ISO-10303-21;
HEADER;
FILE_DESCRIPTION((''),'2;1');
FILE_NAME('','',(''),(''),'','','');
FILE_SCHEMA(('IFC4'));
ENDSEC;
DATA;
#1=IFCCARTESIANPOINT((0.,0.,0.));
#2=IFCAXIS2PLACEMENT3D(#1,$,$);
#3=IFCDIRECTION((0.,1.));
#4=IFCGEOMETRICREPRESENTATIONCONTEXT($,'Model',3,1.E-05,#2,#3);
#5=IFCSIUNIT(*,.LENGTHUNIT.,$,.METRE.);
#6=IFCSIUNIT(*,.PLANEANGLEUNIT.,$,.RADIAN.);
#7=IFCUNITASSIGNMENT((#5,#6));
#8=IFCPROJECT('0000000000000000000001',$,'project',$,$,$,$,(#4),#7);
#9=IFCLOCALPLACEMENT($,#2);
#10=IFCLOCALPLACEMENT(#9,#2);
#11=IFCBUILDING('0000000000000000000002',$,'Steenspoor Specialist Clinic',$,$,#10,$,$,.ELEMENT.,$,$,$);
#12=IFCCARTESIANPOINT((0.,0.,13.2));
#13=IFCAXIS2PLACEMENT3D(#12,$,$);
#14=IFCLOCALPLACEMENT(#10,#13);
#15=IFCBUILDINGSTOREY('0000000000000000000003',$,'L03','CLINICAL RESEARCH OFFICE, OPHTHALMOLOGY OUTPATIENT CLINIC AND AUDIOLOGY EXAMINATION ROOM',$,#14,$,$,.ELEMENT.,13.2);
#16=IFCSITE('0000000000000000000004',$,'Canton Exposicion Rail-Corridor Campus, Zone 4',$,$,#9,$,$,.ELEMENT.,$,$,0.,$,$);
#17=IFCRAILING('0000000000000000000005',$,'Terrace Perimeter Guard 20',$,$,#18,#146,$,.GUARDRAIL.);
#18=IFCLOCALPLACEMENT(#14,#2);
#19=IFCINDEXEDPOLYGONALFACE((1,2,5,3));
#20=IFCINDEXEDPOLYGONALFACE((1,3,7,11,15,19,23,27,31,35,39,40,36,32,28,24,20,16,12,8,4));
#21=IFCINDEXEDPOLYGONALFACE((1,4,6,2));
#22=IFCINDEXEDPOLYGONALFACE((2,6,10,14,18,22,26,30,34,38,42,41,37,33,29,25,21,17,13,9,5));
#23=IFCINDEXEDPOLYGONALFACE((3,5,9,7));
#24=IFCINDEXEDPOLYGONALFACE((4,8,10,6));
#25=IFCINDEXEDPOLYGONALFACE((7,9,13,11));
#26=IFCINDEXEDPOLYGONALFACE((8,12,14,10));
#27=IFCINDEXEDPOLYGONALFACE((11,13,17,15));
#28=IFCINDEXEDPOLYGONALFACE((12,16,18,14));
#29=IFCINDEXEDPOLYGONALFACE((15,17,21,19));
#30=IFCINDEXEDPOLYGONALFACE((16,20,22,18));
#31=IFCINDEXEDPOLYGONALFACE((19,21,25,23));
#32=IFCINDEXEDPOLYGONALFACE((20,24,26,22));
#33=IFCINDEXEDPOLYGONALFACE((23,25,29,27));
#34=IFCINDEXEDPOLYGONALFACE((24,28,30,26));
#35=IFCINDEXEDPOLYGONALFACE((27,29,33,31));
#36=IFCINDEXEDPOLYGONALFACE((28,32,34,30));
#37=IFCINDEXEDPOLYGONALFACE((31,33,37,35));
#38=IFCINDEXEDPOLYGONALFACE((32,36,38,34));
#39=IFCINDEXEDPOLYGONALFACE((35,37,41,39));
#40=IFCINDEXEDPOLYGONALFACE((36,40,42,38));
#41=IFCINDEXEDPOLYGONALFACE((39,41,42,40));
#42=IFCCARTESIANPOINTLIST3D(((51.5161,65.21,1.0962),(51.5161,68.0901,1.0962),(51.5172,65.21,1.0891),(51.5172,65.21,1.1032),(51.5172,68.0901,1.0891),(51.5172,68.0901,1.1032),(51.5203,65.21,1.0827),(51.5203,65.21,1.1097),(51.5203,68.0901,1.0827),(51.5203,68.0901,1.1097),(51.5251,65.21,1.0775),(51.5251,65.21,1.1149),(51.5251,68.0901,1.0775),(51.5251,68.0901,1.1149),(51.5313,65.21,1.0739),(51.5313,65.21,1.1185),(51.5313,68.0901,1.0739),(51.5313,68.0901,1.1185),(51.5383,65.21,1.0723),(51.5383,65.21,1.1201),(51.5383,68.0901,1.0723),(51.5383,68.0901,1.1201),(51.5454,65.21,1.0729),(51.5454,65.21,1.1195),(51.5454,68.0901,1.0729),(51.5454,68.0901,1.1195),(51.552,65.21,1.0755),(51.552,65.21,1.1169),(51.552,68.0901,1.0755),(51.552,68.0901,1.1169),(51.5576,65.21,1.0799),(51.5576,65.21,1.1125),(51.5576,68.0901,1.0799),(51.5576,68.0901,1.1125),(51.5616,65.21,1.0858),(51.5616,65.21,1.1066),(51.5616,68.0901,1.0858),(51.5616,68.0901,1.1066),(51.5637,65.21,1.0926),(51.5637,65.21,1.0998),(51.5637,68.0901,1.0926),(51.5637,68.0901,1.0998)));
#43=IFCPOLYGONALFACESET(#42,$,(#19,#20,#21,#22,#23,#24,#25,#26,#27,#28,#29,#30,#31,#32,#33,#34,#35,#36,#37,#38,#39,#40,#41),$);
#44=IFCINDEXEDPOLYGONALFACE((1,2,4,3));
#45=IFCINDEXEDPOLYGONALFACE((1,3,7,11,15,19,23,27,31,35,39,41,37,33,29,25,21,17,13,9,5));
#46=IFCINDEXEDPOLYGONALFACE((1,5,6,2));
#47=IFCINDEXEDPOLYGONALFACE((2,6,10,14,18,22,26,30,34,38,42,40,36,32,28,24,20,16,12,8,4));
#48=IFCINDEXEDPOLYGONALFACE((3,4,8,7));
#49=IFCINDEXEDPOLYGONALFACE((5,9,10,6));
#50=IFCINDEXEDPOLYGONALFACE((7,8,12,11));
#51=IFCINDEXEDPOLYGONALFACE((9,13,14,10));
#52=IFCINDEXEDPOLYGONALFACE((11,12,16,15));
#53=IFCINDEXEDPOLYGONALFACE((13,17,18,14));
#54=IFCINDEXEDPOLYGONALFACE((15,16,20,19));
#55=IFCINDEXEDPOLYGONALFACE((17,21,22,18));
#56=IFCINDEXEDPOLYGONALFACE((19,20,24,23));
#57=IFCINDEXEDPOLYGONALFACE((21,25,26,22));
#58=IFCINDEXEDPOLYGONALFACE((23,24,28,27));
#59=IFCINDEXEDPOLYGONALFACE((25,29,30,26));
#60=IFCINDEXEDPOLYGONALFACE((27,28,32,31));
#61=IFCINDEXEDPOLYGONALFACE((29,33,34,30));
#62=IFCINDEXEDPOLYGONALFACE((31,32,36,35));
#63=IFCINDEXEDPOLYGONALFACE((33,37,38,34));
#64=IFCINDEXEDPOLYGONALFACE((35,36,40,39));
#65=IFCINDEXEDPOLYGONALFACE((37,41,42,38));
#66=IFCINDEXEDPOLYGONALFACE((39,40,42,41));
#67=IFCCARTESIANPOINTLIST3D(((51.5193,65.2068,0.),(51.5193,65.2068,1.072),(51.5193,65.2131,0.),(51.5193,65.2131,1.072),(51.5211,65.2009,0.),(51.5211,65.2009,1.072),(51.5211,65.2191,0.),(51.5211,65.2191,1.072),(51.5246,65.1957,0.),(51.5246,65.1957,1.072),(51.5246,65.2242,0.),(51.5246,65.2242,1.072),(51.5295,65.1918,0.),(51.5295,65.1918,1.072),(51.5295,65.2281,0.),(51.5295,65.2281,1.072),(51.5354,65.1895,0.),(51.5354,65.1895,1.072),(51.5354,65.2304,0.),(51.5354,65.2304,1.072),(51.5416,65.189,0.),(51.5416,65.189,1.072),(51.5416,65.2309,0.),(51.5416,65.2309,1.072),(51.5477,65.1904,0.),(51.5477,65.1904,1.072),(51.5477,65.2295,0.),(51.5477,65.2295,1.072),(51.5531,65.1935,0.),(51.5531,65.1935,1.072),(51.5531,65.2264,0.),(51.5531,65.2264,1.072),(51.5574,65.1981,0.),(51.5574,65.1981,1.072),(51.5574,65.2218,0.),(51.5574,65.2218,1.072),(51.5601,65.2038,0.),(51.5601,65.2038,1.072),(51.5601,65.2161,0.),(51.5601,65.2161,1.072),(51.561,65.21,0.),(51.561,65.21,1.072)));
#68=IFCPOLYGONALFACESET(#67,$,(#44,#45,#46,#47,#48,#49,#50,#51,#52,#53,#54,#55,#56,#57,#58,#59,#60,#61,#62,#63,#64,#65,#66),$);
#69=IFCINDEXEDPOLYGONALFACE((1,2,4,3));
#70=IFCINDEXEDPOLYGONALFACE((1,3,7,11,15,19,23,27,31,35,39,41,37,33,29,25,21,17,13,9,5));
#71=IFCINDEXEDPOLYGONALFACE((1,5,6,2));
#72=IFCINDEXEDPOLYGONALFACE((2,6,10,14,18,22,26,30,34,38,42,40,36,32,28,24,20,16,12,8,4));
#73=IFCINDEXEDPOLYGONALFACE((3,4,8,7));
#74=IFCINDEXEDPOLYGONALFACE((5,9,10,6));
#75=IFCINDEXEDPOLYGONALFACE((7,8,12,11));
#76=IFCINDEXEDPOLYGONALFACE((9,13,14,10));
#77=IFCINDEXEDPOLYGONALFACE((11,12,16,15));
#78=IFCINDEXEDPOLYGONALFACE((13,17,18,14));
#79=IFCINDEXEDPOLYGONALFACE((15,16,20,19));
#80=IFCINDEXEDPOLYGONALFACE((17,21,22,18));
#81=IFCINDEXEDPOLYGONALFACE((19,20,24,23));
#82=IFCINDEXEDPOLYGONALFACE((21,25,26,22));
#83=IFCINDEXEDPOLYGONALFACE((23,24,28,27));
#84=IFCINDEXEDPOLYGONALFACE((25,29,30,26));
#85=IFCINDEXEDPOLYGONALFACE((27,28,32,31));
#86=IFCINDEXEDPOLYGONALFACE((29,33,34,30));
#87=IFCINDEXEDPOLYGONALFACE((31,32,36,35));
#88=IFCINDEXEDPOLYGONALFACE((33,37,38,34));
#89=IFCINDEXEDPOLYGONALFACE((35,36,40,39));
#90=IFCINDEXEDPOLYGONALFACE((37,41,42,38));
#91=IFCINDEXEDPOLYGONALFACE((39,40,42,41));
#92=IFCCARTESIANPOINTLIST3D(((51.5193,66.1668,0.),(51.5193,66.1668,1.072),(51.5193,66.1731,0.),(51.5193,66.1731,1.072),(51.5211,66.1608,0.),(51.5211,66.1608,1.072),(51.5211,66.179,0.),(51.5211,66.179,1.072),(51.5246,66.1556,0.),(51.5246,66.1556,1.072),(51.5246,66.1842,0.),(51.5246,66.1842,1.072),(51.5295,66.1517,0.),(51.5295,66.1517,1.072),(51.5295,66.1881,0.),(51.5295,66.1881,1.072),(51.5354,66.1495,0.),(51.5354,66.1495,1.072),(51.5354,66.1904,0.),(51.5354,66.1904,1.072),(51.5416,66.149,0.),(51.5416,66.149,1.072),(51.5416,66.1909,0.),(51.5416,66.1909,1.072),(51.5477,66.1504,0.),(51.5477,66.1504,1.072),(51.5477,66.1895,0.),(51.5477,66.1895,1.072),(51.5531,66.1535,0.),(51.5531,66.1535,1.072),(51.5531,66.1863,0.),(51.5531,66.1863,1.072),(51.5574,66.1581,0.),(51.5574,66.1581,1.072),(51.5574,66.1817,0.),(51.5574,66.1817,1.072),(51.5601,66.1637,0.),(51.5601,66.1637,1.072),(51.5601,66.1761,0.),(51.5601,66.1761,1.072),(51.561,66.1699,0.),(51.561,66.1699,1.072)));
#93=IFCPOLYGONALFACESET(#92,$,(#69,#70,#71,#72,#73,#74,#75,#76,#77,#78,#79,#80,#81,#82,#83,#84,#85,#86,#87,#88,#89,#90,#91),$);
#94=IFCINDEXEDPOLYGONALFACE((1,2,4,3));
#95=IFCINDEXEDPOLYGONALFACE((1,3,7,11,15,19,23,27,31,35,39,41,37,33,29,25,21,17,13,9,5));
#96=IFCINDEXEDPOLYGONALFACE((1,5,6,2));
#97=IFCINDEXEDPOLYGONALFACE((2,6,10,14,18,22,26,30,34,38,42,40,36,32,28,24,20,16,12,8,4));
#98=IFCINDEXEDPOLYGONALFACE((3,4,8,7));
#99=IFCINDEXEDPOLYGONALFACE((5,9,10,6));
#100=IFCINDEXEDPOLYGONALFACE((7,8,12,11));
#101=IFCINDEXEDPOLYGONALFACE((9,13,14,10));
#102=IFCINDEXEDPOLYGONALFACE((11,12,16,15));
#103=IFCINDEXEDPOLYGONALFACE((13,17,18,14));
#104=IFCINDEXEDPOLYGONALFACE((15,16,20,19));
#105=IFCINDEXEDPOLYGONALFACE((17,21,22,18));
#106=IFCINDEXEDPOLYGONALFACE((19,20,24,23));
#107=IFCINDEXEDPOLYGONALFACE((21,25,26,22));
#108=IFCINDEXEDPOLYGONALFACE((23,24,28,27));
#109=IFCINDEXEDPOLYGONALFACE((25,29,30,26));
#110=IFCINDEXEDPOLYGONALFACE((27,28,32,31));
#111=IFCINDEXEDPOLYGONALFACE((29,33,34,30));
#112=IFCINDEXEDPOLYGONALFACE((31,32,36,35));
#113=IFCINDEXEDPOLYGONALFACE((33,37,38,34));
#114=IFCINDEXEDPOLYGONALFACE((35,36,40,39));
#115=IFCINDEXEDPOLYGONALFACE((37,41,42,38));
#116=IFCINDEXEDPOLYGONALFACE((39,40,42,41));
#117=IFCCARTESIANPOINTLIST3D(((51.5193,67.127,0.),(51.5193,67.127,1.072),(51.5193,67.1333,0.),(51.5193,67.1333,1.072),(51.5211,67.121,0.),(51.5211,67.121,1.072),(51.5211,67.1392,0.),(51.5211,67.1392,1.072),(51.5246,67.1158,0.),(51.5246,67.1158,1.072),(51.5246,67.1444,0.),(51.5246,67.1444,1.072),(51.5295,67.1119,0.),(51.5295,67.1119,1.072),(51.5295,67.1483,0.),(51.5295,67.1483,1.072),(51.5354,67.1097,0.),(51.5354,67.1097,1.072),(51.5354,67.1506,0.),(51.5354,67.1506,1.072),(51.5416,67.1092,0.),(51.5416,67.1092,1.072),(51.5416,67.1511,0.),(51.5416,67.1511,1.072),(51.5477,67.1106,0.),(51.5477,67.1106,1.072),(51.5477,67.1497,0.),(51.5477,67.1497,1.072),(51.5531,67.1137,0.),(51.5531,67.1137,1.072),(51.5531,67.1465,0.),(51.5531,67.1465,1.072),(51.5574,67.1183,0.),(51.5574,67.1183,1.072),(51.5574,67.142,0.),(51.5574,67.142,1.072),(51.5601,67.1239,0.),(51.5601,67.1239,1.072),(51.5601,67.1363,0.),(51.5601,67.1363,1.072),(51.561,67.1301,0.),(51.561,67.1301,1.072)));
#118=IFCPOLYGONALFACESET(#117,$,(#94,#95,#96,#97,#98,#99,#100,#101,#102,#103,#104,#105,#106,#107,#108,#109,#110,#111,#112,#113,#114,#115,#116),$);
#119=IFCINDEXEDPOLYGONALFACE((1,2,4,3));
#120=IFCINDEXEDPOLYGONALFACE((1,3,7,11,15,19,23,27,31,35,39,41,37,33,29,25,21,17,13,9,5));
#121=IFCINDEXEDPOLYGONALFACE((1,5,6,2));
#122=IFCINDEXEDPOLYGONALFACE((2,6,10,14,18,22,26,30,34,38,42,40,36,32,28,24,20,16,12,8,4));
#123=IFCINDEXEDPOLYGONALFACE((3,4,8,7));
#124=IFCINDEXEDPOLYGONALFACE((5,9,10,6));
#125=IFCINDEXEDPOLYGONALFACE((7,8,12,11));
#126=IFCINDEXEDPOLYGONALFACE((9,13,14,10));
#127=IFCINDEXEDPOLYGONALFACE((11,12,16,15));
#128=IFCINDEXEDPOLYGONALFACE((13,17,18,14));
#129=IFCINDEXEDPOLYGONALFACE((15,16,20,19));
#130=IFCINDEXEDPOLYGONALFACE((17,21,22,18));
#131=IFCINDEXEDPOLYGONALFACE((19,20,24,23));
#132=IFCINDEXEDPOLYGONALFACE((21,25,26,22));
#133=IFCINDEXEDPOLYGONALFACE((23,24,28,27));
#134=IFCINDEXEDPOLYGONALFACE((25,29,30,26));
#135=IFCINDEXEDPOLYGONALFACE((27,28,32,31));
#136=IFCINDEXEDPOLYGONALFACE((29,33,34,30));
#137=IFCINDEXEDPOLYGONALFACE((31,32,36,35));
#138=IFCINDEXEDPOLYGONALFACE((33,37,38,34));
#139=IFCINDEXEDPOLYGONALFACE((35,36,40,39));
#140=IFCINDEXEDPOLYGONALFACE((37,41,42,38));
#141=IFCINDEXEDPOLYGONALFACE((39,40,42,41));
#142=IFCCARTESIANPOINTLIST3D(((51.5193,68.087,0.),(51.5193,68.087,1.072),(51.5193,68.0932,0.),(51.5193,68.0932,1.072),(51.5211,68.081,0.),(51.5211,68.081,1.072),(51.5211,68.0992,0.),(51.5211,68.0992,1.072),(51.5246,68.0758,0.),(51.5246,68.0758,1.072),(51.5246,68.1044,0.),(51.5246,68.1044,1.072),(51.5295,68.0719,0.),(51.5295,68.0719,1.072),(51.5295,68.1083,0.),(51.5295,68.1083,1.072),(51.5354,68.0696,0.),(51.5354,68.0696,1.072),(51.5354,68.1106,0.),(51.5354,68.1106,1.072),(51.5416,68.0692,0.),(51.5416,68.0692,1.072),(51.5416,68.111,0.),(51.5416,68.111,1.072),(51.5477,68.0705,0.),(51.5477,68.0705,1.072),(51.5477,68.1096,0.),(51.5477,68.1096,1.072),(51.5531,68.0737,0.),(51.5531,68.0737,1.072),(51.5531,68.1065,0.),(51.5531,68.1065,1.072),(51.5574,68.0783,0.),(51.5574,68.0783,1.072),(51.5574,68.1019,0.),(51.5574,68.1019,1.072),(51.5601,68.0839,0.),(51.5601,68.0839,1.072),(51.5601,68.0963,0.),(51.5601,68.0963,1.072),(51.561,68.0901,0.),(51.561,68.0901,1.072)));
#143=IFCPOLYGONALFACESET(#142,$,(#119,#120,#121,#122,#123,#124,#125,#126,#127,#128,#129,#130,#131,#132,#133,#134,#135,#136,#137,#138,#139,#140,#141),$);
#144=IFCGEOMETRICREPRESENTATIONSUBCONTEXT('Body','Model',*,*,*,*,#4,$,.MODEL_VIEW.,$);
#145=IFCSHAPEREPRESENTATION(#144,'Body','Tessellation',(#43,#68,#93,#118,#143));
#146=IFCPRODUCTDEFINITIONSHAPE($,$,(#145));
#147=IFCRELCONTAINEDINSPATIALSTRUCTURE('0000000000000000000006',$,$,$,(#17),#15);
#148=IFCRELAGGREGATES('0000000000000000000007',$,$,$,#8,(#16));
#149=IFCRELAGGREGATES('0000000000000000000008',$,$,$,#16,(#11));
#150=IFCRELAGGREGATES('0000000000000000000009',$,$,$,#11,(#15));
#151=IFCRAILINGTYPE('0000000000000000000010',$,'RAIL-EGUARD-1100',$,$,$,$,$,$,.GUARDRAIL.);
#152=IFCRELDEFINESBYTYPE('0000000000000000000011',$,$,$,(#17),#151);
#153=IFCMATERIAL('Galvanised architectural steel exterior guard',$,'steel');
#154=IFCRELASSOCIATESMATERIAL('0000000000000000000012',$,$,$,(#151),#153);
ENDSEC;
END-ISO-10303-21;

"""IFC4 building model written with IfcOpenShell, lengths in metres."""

from ifc_helpers import new_model, si_unit, direction, frame, origin, origin_2d, place, context, subcontext, project, spatial, circle, extrude, material, type_object, element, save


model = new_model("IFC4")

# Units and contexts
model_context = context("Model", 3, precision=1e-05, world=origin(), true_north=direction((0.0, 1.0)))
body_context = subcontext(model_context, "Body", "Model", "MODEL_VIEW")
ifc_project = project(units=[si_unit("LENGTHUNIT", "METRE"), si_unit("PLANEANGLEUNIT", "RADIAN")], contexts=[model_context])

# Site, building, storey
site_placement = place(None, origin())
site = spatial("IfcSite", under=ifc_project, at=site_placement, Name="Canton Exposicion Rail-Corridor Campus, Zone 4", CompositionType="ELEMENT", RefElevation=0.0)
building_placement = place(site_placement, origin())
building = spatial("IfcBuilding", under=site, at=building_placement, Name="Steenspoor Specialist Clinic", CompositionType="ELEMENT")
storey_placement = place(building_placement, frame((0.0, 0.0, 13.2)))
storey = spatial("IfcBuildingStorey", under=building, at=storey_placement, Name="L03", Description="CLINICAL RESEARCH OFFICE, OPHTHALMOLOGY OUTPATIENT CLINIC AND AUDIOLOGY EXAMINATION ROOM", CompositionType="ELEMENT", Elevation=13.2)

# Railing
ifc_material_1 = material(Name="Galvanised architectural steel exterior guard", Category="steel")
railing_type = type_object("IfcRailingType", Name="RAIL-EGUARD-1100", PredefinedType="GUARDRAIL", material=ifc_material_1)
railing_1_placement = place(storey_placement, frame((51.54, 65.21, 0.0)))
element("IfcRailing", 1, at=railing_1_placement, inside=storey, type_object=railing_type, Name="Terrace Perimeter Guard 20", PredefinedType="GUARDRAIL", context=body_context, shape_type="SweptSolid", body=[
    extrude(circle(Radius=0.0239, at=origin_2d()), frame((0.0, 0.0, 1.0962), z_axis=(0.0, 1.0, 0.0), x_axis=(-1.0, 0.0, 0.0)), (0.0, 0.0, 1.0), 2.8801),
    extrude(circle(Radius=0.021, at=origin_2d()), origin(), (0.0, 0.0, 1.0), 1.072),
    extrude(circle(Radius=0.021, at=origin_2d()), frame((0.0, 0.96, 0.0)), (0.0, 0.0, 1.0), 1.072),
    extrude(circle(Radius=0.021, at=origin_2d()), frame((0.0, 1.9202, 0.0)), (0.0, 0.0, 1.0), 1.072),
    extrude(circle(Radius=0.021, at=origin_2d()), frame((0.0, 2.8801, 0.0)), (0.0, 0.0, 1.0), 1.072),
])

save(model, "model.ifc")
